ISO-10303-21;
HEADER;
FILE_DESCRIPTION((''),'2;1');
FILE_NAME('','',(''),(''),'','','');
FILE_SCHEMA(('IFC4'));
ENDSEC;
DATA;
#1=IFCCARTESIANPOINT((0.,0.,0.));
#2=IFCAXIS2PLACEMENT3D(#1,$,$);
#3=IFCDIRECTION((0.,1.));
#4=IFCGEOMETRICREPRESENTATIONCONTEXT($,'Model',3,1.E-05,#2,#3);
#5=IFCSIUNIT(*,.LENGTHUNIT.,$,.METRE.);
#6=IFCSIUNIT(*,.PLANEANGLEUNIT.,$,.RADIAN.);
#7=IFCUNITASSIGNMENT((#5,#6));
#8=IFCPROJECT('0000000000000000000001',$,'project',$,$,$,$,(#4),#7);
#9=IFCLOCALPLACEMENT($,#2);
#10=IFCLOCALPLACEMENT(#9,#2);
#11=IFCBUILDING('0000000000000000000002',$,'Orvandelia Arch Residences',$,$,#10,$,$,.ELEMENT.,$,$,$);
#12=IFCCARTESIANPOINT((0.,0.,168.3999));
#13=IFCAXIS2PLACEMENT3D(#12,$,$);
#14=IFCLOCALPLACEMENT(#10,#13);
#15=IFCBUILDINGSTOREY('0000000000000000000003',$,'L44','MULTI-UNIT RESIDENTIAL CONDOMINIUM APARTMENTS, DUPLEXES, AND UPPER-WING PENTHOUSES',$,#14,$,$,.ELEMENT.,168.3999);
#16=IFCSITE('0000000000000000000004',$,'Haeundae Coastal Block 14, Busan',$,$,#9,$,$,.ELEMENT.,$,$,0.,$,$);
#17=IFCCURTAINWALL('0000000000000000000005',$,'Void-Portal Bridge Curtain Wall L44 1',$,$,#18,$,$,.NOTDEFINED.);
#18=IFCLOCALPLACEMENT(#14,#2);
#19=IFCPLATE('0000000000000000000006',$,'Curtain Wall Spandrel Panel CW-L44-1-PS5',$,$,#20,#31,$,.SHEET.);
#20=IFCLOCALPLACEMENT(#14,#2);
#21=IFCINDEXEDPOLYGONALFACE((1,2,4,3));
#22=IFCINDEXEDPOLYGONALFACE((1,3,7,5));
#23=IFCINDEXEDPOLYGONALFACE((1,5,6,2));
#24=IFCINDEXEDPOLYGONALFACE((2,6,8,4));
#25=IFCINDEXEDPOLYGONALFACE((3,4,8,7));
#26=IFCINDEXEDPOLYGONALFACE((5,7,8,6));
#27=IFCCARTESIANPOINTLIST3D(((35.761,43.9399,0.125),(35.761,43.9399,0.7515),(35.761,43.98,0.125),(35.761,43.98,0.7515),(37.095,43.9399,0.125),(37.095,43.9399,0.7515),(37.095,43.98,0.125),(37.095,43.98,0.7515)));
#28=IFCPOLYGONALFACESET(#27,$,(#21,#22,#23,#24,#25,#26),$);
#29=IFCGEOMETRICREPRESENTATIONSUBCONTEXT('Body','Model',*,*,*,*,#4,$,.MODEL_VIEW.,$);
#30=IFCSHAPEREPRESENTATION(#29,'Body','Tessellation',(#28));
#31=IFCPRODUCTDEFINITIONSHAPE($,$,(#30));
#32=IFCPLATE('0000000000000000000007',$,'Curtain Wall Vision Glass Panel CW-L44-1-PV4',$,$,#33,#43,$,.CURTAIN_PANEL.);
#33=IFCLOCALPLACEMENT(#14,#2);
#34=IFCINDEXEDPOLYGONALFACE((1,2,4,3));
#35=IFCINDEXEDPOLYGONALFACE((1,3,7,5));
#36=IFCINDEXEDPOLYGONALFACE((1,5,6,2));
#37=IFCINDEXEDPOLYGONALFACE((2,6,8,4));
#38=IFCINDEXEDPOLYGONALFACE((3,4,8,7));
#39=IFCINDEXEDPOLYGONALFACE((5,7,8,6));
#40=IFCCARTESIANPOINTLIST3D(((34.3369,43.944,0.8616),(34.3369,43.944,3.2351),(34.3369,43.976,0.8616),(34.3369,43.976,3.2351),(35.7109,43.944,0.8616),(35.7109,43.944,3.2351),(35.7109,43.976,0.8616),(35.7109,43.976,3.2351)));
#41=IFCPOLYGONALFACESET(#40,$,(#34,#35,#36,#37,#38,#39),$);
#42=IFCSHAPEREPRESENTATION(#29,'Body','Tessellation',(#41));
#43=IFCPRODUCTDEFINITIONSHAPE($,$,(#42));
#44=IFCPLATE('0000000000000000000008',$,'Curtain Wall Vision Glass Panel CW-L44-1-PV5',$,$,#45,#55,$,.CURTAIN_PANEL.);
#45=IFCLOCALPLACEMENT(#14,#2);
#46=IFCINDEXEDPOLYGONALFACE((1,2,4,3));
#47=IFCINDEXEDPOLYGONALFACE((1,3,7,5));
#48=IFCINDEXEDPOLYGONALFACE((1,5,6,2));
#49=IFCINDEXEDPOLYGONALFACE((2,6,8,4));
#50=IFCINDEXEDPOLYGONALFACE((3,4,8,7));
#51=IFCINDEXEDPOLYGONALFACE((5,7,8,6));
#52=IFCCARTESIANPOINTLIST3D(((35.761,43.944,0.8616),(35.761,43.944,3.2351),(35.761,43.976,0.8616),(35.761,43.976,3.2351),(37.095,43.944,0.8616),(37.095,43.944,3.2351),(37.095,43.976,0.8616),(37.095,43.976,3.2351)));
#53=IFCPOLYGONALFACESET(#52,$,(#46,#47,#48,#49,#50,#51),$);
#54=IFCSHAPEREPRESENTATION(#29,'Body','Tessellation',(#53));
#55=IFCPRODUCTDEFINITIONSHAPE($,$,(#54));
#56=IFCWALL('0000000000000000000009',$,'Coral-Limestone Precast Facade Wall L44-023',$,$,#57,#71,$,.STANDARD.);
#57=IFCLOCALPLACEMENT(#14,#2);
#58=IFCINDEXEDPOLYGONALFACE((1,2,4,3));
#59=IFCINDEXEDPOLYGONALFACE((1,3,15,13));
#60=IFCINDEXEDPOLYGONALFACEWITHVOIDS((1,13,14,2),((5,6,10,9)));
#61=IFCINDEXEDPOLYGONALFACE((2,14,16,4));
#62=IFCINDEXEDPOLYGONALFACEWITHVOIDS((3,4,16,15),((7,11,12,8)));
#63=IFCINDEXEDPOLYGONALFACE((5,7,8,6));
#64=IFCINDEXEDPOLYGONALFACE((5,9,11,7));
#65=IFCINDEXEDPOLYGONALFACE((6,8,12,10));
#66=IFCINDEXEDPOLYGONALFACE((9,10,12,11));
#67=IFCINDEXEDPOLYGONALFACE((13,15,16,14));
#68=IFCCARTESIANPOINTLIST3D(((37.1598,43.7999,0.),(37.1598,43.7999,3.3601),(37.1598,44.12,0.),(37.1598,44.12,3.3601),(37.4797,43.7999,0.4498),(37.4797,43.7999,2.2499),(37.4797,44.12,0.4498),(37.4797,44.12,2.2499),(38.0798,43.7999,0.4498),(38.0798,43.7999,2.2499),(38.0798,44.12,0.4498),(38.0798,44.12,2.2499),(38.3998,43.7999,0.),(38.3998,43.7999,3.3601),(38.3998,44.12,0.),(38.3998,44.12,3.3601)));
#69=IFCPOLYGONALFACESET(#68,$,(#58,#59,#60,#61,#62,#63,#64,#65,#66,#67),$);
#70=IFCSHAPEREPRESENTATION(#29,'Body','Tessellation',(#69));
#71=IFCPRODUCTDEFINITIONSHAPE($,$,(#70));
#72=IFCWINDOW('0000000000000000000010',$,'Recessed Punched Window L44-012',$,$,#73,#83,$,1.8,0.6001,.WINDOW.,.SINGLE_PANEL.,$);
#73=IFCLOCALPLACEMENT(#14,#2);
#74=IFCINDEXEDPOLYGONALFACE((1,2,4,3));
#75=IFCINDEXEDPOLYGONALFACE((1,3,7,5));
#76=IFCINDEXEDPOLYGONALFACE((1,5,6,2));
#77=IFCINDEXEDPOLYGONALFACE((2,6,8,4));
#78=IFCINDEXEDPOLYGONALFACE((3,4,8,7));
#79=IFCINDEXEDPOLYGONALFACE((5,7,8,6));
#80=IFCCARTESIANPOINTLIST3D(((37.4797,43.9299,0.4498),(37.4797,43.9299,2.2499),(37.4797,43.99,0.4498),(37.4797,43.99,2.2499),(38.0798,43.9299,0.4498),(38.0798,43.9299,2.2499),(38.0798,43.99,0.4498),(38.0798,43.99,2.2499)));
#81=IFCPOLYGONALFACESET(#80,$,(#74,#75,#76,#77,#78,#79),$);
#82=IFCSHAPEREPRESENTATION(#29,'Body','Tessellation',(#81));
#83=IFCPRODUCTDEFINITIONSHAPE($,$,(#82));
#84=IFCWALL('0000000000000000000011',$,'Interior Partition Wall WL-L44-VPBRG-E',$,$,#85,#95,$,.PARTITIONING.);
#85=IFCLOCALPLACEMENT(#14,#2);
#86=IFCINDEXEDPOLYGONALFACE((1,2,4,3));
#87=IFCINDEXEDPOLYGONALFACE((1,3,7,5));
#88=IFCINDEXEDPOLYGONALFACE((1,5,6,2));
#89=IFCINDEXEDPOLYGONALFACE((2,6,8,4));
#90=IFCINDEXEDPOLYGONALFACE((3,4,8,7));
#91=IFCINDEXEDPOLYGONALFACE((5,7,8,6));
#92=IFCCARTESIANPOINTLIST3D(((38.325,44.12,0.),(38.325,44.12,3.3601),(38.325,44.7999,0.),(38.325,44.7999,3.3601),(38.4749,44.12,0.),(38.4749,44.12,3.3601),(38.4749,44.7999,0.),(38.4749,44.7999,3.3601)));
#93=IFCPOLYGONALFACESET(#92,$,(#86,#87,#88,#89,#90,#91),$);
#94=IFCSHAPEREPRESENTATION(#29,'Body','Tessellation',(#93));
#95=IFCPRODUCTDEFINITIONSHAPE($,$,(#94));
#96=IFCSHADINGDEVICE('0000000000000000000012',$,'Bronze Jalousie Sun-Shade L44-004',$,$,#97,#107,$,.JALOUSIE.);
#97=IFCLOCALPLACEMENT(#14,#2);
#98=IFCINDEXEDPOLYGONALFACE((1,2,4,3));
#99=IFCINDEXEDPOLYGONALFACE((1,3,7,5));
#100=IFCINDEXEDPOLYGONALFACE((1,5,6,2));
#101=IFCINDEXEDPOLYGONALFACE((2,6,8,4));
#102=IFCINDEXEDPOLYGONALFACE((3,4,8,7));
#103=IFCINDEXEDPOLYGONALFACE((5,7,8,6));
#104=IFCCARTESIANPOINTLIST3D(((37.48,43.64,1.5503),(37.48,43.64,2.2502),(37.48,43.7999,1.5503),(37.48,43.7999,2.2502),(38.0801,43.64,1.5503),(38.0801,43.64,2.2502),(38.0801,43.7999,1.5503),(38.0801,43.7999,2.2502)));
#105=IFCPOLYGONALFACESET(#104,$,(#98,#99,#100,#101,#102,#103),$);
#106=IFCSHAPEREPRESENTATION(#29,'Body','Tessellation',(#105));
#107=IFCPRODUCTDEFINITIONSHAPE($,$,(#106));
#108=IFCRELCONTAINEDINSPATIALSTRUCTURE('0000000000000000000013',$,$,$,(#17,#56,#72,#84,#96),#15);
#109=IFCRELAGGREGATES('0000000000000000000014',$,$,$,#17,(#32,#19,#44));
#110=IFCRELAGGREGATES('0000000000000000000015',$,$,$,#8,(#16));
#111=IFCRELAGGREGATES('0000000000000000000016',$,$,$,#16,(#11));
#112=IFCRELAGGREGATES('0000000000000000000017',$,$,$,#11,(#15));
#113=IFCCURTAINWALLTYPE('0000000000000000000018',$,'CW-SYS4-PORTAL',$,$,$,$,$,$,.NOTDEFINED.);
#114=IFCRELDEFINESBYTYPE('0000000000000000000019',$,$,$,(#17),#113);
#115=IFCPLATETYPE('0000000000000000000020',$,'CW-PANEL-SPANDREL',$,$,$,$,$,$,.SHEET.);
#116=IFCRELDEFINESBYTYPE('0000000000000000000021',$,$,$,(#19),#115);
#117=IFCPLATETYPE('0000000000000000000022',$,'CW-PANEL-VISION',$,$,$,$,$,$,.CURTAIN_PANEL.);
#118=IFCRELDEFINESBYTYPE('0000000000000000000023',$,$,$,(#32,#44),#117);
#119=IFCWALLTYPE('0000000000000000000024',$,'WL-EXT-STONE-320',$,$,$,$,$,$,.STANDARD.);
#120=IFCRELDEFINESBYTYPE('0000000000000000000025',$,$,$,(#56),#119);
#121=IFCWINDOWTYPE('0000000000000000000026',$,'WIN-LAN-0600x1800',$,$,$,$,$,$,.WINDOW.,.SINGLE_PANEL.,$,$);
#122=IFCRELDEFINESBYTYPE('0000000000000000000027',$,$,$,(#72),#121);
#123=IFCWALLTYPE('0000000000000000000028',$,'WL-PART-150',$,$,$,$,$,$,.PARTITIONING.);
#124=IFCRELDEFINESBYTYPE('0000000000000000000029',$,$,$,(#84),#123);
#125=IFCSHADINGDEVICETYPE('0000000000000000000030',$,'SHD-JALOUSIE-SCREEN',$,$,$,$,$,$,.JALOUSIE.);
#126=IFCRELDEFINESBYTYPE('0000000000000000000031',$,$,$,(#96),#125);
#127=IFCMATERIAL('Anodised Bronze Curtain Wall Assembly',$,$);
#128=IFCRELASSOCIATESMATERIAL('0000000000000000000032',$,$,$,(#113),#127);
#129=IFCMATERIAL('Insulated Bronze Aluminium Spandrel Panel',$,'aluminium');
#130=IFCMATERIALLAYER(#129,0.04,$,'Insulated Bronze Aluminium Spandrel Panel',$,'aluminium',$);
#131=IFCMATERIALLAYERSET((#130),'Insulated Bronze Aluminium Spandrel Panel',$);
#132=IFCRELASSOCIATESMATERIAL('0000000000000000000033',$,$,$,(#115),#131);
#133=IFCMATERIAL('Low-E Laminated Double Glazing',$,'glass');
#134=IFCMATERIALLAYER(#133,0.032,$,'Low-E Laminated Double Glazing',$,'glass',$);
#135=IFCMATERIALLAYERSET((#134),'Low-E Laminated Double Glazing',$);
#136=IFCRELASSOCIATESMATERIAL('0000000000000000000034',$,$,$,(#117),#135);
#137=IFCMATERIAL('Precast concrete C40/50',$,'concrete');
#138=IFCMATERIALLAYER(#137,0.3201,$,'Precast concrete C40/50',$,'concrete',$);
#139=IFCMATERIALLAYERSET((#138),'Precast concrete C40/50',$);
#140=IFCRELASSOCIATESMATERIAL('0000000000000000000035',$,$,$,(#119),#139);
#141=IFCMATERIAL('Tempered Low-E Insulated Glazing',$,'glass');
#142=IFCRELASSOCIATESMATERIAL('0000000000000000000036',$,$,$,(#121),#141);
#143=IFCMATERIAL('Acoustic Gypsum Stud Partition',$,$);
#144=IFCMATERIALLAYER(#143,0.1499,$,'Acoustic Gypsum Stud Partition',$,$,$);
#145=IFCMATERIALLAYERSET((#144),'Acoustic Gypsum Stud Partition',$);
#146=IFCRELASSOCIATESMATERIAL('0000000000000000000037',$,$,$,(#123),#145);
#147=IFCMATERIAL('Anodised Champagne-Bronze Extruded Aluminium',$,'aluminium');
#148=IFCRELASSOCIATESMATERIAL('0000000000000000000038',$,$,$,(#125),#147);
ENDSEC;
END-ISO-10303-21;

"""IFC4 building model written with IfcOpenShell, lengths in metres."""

from ifc_helpers import new_model, si_unit, direction, frame, frame_2d, origin, origin_2d, place, context, subcontext, project, spatial, rectangle, extrude, material, layer, layer_set, type_object, element, fill, aggregate, save


model = new_model("IFC4")

# Units and contexts
model_context = context("Model", 3, precision=1e-05, world=origin(), true_north=direction((0.0, 1.0)))
body_context = subcontext(model_context, "Body", "Model", "MODEL_VIEW")
ifc_project = project(units=[si_unit("LENGTHUNIT", "METRE"), si_unit("PLANEANGLEUNIT", "RADIAN")], contexts=[model_context])

# Site, building, storey
site_placement = place(None, origin())
site = spatial("IfcSite", under=ifc_project, at=site_placement, Name="Haeundae Coastal Block 14, Busan", CompositionType="ELEMENT", RefElevation=0.0)
building_placement = place(site_placement, origin())
building = spatial("IfcBuilding", under=site, at=building_placement, Name="Orvandelia Arch Residences", CompositionType="ELEMENT")
storey_placement = place(building_placement, frame((0.0, 0.0, 168.3999)))
storey = spatial("IfcBuildingStorey", under=building, at=storey_placement, Name="L44", Description="MULTI-UNIT RESIDENTIAL CONDOMINIUM APARTMENTS, DUPLEXES, AND UPPER-WING PENTHOUSES", CompositionType="ELEMENT", Elevation=168.3999)

# Curtain wall, plates
ifc_material_1 = material(Name="Anodised Bronze Curtain Wall Assembly")
curtain_wall_type = type_object("IfcCurtainWallType", Name="CW-SYS4-PORTAL", PredefinedType="NOTDEFINED", material=ifc_material_1)
curtain_wall_placement = place(storey_placement, origin())
curtain_wall = element("IfcCurtainWall", 1, at=curtain_wall_placement, inside=storey, type_object=curtain_wall_type, Name="Void-Portal Bridge Curtain Wall L44 1", PredefinedType="NOTDEFINED")
ifc_material_2 = material(Name="Insulated Bronze Aluminium Spandrel Panel", Category="aluminium")
ifc_layer_1 = layer(ifc_material_2, 0.04, Name="Insulated Bronze Aluminium Spandrel Panel", Category="aluminium")
ifc_layer_set_1 = layer_set([ifc_layer_1], Name="Insulated Bronze Aluminium Spandrel Panel")
plate_type_1 = type_object("IfcPlateType", Name="CW-PANEL-SPANDREL", PredefinedType="SHEET", material=ifc_layer_set_1)
plate_1_placement = place(storey_placement, frame((36.428, 43.96, 0.125), z_axis=(0.0, 0.0, 1.0), x_axis=(1.0, 0.0, 0.0)))
plate_1 = element("IfcPlate", 2, at=plate_1_placement, type_object=plate_type_1, Name="Curtain Wall Spandrel Panel CW-L44-1-PS5", PredefinedType="SHEET", context=body_context, shape_type="SweptSolid", body=[
    extrude(rectangle(XDim=1.334, YDim=0.04, at=origin_2d()), origin(), (0.0, 0.0, 1.0), 0.6265),
])
ifc_material_3 = material(Name="Low-E Laminated Double Glazing", Category="glass")
ifc_layer_2 = layer(ifc_material_3, 0.032, Name="Low-E Laminated Double Glazing", Category="glass")
ifc_layer_set_2 = layer_set([ifc_layer_2], Name="Low-E Laminated Double Glazing")
plate_type_2 = type_object("IfcPlateType", Name="CW-PANEL-VISION", PredefinedType="CURTAIN_PANEL", material=ifc_layer_set_2)
plate_2_placement = place(storey_placement, frame((35.0239, 43.96, 0.8616), z_axis=(0.0, 0.0, 1.0), x_axis=(1.0, 0.0, 0.0)))
plate_2 = element("IfcPlate", 3, at=plate_2_placement, type_object=plate_type_2, Name="Curtain Wall Vision Glass Panel CW-L44-1-PV4", PredefinedType="CURTAIN_PANEL", context=body_context, shape_type="SweptSolid", body=[
    extrude(rectangle(XDim=1.374, YDim=0.032, at=origin_2d()), origin(), (0.0, 0.0, 1.0), 2.3735),
])
plate_3_placement = place(storey_placement, frame((36.428, 43.96, 0.8616), z_axis=(0.0, 0.0, 1.0), x_axis=(1.0, 0.0, 0.0)))
plate_3 = element("IfcPlate", 4, at=plate_3_placement, type_object=plate_type_2, Name="Curtain Wall Vision Glass Panel CW-L44-1-PV5", PredefinedType="CURTAIN_PANEL", context=body_context, shape_type="SweptSolid", body=[
    extrude(rectangle(XDim=1.334, YDim=0.032, at=origin_2d()), origin(), (0.0, 0.0, 1.0), 2.3735),
])
aggregate(curtain_wall, [plate_2, plate_1, plate_3])

# Wall, opening, window
ifc_material_4 = material(Name="Precast concrete C40/50", Category="concrete")
ifc_layer_3 = layer(ifc_material_4, 0.3201, Name="Precast concrete C40/50", Category="concrete")
ifc_layer_set_3 = layer_set([ifc_layer_3], Name="Precast concrete C40/50")
wall_type_1 = type_object("IfcWallType", Name="WL-EXT-STONE-320", PredefinedType="STANDARD", material=ifc_layer_set_3)
wall_1_placement = place(storey_placement, frame((38.3999, 43.96, 0.0), z_axis=(0.0, 0.0, 1.0), x_axis=(-1.0, 0.0, 0.0)))
wall_1 = element("IfcWall", 5, at=wall_1_placement, inside=storey, type_object=wall_type_1, Name="Coral-Limestone Precast Facade Wall L44-023", PredefinedType="STANDARD", context=body_context, shape_type="SweptSolid", body=[
    extrude(rectangle(XDim=1.24, YDim=0.3201, at=frame_2d((0.6201, 0.0))), origin(), (0.0, 0.0, 1.0), 3.3601),
])
opening_placement = place(wall_1_placement, frame((0.3201, 0.0, 0.45)))
opening = element("IfcOpeningElement", 6, at=opening_placement, cuts=wall_1, PredefinedType="OPENING", context=body_context, shape_type="SweptSolid", body=[
    extrude(rectangle(XDim=0.6001, YDim=1.8, at=frame_2d((0.3, 0.8999))), frame((0.0, 0.1699, 0.0), z_axis=(0.0, -1.0, 0.0), x_axis=(1.0, 0.0, 0.0)), (0.0, 0.0, 1.0), 0.3401),
])
ifc_material_5 = material(Name="Tempered Low-E Insulated Glazing", Category="glass")
window_type = type_object("IfcWindowType", Name="WIN-LAN-0600x1800", PartitioningType="SINGLE_PANEL", PredefinedType="WINDOW", material=ifc_material_5)
window_placement = place(opening_placement, origin())
window = element("IfcWindow", 7, at=window_placement, inside=storey, type_object=window_type, Name="Recessed Punched Window L44-012", OverallHeight=1.8, OverallWidth=0.6001, PartitioningType="SINGLE_PANEL", PredefinedType="WINDOW", context=body_context, shape_type="SweptSolid", body=[
    extrude(rectangle(XDim=0.6001, YDim=1.8, at=frame_2d((0.3, 0.8999))), frame((0.0, 0.03, 0.0), z_axis=(0.0, -1.0, 0.0), x_axis=(1.0, 0.0, 0.0)), (0.0, 0.0, 1.0), 0.0601),
])
fill(opening, window)

# Wall
ifc_material_6 = material(Name="Acoustic Gypsum Stud Partition")
ifc_layer_4 = layer(ifc_material_6, 0.1499, Name="Acoustic Gypsum Stud Partition")
ifc_layer_set_4 = layer_set([ifc_layer_4], Name="Acoustic Gypsum Stud Partition")
wall_type_2 = type_object("IfcWallType", Name="WL-PART-150", PredefinedType="PARTITIONING", material=ifc_layer_set_4)
wall_2_placement = place(storey_placement, frame((38.3999, 44.1201, 0.0), z_axis=(0.0, 0.0, 1.0), x_axis=(0.0, 1.0, 0.0)))
element("IfcWall", 8, at=wall_2_placement, inside=storey, type_object=wall_type_2, Name="Interior Partition Wall WL-L44-VPBRG-E", PredefinedType="PARTITIONING", context=body_context, shape_type="SweptSolid", body=[
    extrude(rectangle(XDim=0.6799, YDim=0.1499, at=frame_2d((0.3398, 0.0))), origin(), (0.0, 0.0, 1.0), 3.3601),
])

# Shading device
ifc_material_7 = material(Name="Anodised Champagne-Bronze Extruded Aluminium", Category="aluminium")
shading_device_type = type_object("IfcShadingDeviceType", Name="SHD-JALOUSIE-SCREEN", PredefinedType="JALOUSIE", material=ifc_material_7)
shading_device_placement = place(storey_placement, frame((37.78, 43.72, 1.5503), z_axis=(0.0, 0.0, 1.0), x_axis=(-1.0, 0.0, 0.0)))
element("IfcShadingDevice", 9, at=shading_device_placement, inside=storey, type_object=shading_device_type, Name="Bronze Jalousie Sun-Shade L44-004", PredefinedType="JALOUSIE", context=body_context, shape_type="SweptSolid", body=[
    extrude(rectangle(XDim=0.6001, YDim=0.1599, at=origin_2d()), origin(), (0.0, 0.0, 1.0), 0.7),
])

save(model, "model.ifc")
